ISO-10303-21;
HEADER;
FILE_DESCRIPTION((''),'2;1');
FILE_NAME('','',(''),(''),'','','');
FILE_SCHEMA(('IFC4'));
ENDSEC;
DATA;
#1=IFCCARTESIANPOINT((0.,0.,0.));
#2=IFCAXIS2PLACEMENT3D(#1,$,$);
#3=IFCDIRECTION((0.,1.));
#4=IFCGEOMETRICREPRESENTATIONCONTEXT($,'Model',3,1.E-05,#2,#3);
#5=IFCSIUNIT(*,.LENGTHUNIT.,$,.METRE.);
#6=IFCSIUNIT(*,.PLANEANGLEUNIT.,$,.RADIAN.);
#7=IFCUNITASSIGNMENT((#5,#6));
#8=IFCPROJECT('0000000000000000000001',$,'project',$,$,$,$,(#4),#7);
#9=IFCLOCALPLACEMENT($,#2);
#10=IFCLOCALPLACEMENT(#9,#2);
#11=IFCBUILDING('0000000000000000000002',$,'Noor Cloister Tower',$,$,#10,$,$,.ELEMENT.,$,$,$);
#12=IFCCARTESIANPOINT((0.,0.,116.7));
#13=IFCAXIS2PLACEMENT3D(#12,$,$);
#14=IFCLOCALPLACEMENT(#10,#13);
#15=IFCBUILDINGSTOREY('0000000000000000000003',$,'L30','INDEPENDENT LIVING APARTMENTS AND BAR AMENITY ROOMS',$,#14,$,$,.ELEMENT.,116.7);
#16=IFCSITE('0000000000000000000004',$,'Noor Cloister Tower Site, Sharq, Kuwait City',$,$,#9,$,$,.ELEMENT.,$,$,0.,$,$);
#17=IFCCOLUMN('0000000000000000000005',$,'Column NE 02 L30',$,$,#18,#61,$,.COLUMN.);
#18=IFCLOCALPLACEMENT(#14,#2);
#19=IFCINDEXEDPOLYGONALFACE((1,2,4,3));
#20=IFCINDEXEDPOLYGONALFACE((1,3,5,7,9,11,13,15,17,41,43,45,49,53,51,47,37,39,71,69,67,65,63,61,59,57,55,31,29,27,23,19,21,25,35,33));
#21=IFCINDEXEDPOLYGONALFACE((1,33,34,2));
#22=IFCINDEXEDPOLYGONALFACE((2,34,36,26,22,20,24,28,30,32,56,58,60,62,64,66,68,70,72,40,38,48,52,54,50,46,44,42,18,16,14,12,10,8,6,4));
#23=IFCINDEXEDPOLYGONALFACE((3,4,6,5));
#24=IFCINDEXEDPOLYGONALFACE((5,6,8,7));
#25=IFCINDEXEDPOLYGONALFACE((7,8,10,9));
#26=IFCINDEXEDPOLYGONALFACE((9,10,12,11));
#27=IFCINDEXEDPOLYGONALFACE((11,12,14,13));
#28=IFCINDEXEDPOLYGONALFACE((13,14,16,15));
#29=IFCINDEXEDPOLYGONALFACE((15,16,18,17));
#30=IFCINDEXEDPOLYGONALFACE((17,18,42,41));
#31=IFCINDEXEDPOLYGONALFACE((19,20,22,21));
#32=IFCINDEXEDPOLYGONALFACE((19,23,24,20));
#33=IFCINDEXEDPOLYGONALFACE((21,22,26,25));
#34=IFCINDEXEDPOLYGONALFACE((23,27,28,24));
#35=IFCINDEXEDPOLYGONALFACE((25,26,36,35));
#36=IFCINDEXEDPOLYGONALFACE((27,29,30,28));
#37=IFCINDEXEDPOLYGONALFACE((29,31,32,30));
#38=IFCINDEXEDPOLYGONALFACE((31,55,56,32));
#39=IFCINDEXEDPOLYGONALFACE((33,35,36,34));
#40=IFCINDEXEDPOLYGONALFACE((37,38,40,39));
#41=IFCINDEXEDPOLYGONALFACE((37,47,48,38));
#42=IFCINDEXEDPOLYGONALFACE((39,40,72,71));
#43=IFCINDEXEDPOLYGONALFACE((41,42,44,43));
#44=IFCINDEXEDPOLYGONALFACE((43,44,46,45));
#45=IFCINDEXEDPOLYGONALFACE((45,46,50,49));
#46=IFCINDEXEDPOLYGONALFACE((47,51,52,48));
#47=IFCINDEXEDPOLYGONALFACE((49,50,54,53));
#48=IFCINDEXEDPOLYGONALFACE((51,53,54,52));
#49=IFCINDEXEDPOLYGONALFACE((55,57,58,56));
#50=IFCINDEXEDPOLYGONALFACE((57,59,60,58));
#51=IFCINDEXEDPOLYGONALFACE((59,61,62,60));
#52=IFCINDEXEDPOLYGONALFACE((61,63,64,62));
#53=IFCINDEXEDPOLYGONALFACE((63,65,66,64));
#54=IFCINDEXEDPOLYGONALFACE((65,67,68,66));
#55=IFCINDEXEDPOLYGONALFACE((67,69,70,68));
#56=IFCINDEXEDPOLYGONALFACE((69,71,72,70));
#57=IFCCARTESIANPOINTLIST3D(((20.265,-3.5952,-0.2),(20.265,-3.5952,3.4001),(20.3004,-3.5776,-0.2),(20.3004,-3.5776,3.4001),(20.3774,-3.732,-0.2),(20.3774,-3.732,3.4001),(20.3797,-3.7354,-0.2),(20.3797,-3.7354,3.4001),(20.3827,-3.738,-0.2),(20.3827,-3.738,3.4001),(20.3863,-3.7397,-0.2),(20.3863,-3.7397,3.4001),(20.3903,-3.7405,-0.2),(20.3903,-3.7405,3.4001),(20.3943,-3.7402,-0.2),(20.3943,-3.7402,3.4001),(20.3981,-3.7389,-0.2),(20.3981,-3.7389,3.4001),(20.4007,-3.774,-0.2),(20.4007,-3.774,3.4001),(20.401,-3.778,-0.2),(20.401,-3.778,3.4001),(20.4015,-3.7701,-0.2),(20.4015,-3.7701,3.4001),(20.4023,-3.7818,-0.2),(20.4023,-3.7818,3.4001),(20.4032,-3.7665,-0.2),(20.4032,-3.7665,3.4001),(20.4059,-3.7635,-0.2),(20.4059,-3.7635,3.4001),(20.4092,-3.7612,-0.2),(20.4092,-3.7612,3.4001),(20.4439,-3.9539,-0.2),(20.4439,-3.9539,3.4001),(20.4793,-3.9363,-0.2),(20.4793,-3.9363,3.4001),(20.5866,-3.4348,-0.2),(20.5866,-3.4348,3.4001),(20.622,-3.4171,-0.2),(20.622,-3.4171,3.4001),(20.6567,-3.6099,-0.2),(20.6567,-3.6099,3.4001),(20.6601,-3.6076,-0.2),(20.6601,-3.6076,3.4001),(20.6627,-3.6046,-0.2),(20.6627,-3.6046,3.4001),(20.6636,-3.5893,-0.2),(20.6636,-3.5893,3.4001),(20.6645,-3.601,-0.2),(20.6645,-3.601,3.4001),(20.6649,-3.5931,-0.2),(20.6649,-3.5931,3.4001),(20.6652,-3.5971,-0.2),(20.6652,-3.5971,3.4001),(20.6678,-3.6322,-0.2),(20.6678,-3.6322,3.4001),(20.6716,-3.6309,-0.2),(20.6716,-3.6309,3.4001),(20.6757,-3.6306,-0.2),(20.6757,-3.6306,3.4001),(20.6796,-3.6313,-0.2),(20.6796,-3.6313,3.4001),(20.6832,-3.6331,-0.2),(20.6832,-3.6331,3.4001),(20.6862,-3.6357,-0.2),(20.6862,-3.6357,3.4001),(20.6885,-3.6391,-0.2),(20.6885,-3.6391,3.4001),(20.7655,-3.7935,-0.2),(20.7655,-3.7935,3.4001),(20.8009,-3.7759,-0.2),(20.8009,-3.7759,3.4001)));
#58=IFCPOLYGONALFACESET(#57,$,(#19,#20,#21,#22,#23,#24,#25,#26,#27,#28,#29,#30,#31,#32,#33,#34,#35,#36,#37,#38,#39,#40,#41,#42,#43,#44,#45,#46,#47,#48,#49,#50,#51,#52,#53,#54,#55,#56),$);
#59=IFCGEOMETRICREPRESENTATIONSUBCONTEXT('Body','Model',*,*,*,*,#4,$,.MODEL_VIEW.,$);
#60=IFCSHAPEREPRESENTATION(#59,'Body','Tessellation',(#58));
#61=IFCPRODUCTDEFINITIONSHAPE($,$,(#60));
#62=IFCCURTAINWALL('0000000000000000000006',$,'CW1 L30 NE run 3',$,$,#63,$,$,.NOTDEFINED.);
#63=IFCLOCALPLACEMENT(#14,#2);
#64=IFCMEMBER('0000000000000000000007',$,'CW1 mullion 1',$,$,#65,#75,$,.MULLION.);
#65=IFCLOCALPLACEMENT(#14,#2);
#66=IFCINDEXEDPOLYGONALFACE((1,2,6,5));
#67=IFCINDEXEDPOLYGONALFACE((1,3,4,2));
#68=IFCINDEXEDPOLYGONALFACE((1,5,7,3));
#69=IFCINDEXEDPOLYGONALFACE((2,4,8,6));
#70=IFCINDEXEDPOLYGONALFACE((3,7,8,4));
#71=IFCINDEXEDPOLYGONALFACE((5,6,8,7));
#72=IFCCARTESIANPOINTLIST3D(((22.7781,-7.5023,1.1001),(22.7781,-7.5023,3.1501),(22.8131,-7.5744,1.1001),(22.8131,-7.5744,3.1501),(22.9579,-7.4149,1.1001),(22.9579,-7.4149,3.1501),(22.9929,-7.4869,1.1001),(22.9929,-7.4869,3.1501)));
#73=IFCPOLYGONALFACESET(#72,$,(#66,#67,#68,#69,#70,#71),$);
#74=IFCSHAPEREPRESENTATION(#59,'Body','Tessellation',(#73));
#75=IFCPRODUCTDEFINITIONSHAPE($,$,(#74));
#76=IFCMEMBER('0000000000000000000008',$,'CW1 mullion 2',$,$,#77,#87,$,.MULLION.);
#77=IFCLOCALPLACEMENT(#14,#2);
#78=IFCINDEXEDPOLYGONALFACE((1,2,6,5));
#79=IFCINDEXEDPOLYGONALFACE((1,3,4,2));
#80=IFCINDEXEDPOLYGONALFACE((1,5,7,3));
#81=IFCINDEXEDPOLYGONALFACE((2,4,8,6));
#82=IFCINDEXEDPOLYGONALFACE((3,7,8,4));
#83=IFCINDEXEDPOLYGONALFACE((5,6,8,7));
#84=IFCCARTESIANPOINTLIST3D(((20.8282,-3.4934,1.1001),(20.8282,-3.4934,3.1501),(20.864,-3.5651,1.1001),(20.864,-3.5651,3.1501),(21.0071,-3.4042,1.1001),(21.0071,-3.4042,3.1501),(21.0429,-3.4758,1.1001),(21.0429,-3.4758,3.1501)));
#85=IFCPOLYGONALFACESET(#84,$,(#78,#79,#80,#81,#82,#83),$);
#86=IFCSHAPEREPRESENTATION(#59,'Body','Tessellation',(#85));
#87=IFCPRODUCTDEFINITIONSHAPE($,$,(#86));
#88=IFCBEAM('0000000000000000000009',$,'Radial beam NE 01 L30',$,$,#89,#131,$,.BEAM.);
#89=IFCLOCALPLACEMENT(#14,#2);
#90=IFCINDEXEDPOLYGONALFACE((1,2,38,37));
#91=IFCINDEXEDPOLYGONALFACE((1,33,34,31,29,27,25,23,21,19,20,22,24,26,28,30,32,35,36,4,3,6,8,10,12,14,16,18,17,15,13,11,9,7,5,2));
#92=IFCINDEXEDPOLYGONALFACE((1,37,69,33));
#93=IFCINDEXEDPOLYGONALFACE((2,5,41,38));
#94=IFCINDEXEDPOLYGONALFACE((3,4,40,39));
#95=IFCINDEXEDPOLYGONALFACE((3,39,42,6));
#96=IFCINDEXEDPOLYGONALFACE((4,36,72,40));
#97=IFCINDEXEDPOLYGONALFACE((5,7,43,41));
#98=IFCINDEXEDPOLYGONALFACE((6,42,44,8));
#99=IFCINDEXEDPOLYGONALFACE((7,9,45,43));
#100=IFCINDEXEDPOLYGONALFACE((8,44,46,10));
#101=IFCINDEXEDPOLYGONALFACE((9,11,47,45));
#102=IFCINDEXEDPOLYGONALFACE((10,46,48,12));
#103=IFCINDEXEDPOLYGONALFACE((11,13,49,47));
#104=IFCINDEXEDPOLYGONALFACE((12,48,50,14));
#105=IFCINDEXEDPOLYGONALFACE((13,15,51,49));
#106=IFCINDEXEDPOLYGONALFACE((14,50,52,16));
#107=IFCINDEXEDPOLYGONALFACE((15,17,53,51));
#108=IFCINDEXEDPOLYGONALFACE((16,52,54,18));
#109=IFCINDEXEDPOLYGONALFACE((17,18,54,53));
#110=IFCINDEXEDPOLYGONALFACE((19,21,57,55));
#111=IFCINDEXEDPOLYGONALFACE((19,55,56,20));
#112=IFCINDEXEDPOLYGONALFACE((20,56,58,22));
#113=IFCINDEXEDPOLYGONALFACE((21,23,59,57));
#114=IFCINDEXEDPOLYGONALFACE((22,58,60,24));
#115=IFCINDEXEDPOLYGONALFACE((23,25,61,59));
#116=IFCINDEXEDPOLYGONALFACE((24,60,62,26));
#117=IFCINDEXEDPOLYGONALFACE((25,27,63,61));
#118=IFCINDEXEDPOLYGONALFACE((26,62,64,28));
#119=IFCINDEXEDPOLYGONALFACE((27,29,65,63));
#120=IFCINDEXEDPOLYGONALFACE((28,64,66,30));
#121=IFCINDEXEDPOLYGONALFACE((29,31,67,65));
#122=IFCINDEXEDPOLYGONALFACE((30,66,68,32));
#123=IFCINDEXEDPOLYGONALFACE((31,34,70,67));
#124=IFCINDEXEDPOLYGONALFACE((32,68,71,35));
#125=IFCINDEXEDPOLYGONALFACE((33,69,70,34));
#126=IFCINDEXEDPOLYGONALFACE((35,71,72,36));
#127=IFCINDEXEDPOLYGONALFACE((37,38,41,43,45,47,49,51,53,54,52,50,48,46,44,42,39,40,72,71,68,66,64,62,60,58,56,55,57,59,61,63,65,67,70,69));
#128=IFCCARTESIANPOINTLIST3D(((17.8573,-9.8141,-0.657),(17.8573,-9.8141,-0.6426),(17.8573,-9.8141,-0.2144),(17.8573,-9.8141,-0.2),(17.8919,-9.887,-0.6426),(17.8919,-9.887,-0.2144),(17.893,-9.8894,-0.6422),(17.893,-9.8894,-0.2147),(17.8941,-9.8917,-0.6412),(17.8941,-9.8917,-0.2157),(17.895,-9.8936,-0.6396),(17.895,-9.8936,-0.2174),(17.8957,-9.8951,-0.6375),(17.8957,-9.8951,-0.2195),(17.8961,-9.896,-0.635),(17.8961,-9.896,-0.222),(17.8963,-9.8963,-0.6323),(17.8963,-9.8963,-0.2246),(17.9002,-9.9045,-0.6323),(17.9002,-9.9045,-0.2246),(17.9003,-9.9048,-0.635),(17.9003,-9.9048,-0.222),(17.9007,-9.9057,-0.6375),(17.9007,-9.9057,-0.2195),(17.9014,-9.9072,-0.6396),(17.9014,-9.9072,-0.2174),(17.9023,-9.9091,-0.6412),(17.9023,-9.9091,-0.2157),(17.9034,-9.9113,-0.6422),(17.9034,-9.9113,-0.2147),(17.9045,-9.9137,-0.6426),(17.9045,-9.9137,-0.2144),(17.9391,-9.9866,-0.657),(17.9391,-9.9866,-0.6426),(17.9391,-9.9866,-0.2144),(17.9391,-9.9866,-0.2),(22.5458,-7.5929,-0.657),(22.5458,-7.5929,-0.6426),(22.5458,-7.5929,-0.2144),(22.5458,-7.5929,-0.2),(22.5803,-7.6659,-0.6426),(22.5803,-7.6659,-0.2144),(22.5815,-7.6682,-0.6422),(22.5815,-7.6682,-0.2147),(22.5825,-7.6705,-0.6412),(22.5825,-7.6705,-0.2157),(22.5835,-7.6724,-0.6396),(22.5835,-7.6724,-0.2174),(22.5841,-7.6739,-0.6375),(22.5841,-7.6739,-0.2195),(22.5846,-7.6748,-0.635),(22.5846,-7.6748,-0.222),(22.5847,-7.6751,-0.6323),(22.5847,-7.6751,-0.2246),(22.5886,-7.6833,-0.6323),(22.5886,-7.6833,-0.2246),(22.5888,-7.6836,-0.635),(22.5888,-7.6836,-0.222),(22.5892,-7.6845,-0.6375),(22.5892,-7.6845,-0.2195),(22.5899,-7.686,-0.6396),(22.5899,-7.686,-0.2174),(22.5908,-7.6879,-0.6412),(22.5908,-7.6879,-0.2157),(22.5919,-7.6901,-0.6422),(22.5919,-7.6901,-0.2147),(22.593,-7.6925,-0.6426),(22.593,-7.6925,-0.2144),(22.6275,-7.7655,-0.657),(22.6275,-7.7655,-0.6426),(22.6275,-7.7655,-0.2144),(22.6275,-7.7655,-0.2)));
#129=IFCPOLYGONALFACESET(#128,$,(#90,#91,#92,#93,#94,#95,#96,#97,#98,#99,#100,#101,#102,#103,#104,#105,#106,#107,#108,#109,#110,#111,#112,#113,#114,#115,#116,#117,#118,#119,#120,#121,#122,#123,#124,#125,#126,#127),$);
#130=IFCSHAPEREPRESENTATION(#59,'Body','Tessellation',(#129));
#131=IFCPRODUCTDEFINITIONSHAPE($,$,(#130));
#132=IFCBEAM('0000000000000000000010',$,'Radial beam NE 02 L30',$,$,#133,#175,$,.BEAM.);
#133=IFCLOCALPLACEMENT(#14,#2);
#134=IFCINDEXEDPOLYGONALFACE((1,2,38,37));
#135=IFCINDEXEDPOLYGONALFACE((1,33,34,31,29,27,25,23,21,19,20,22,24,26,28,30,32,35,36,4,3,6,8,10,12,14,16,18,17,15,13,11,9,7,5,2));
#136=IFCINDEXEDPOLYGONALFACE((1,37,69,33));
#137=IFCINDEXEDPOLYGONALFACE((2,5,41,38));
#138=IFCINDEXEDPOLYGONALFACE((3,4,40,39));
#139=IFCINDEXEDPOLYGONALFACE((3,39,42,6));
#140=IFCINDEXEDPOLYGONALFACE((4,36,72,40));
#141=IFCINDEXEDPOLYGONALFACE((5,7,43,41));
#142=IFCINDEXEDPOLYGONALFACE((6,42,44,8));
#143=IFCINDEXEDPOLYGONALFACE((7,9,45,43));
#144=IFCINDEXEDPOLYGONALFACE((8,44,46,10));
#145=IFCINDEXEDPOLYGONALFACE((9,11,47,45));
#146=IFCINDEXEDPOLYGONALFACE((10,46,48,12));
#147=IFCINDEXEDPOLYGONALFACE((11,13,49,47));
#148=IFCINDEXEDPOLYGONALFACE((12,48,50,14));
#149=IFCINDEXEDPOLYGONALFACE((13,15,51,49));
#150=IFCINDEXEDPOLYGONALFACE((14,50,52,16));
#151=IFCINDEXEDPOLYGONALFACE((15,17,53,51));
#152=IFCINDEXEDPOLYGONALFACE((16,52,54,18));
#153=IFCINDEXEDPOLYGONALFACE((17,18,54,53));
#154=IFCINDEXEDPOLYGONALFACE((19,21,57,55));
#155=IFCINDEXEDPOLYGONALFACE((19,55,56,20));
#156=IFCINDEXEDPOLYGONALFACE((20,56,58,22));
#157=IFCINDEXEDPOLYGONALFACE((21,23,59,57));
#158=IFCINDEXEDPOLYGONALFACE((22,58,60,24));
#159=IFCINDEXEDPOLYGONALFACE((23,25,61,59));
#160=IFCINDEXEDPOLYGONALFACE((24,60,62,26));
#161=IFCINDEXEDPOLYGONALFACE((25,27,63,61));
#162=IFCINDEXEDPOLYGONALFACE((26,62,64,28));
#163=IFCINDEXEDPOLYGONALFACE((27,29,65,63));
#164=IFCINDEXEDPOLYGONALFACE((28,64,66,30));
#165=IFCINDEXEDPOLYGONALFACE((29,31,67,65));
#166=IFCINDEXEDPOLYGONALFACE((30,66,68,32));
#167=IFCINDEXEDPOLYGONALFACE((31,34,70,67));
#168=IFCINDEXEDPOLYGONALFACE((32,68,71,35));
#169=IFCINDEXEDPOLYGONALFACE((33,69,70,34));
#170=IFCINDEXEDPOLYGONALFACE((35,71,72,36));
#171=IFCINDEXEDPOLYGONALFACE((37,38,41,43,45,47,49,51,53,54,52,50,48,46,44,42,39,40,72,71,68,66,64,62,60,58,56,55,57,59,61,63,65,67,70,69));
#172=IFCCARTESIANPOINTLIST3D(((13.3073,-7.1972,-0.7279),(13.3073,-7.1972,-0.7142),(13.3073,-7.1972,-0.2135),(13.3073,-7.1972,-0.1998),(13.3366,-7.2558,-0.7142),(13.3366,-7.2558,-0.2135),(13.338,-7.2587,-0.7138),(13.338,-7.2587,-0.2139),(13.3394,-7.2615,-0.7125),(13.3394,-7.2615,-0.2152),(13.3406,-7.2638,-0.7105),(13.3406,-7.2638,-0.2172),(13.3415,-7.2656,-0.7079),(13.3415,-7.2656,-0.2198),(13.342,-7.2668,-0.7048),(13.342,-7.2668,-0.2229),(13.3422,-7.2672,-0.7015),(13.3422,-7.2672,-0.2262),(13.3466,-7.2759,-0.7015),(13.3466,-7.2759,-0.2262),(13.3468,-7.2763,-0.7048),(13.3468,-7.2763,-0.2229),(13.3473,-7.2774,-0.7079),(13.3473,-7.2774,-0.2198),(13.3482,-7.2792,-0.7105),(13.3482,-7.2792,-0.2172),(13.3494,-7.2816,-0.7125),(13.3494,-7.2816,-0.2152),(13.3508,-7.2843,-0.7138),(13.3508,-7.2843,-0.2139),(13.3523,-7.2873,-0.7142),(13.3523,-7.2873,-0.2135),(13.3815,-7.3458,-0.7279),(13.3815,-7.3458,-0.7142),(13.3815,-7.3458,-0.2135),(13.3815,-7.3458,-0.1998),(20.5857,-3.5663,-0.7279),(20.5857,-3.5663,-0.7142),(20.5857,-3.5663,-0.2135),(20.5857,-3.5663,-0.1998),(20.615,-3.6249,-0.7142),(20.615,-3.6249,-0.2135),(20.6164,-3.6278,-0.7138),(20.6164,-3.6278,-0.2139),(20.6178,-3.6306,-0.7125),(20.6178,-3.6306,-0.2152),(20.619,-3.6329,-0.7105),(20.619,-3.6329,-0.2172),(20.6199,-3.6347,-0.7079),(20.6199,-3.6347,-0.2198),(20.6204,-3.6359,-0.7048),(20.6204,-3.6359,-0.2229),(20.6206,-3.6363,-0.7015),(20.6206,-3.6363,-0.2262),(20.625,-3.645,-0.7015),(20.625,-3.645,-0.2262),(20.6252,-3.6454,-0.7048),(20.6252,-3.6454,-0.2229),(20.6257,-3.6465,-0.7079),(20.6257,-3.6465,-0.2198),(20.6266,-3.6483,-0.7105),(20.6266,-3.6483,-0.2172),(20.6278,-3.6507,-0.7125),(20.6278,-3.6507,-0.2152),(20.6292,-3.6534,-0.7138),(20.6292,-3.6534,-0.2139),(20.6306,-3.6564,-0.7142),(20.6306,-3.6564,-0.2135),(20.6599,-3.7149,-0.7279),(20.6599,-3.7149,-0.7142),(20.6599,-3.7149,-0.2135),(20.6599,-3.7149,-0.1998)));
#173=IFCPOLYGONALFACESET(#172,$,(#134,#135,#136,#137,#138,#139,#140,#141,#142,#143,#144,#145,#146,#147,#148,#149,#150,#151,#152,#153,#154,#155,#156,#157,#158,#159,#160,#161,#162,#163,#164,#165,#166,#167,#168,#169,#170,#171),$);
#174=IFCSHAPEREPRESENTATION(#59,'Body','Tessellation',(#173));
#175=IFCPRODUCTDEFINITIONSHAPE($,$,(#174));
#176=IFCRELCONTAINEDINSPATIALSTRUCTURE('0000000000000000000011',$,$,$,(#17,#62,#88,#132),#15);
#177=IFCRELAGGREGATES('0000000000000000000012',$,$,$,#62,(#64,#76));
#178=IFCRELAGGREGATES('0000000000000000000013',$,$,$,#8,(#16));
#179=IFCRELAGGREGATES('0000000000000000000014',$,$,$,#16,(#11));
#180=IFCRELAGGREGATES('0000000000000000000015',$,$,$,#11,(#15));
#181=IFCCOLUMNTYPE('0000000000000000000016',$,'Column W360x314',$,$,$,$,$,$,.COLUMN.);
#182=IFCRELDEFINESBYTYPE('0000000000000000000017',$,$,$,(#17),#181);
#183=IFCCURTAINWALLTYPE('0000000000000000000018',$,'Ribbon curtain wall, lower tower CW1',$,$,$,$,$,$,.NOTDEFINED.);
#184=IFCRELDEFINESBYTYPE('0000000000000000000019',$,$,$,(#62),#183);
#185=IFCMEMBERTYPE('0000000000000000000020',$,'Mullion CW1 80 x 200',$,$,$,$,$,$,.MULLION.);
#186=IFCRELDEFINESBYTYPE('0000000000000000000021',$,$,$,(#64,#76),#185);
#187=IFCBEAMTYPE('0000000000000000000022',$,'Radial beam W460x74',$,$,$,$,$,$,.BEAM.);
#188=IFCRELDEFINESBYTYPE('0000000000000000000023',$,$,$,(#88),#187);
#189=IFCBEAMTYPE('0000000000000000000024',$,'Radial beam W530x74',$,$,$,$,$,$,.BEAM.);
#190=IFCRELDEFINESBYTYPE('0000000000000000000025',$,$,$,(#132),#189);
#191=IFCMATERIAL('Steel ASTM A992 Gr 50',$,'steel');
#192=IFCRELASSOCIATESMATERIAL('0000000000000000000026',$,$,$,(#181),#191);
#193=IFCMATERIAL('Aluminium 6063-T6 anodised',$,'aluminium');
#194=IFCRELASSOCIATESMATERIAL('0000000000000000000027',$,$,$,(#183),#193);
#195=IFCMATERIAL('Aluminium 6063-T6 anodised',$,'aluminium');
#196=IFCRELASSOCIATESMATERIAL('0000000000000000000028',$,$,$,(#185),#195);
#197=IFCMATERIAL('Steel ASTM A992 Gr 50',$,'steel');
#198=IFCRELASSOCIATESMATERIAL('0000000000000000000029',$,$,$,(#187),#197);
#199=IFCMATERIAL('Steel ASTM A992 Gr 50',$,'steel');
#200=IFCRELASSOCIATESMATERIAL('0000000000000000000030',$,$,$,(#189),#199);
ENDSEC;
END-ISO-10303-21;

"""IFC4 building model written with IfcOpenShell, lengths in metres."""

from ifc_helpers import new_model, si_unit, direction, frame, origin, origin_2d, place, context, subcontext, project, spatial, rectangle, i_section, extrude, material, material_profile, profile_set, type_object, element, aggregate, save


model = new_model("IFC4")

# Units and contexts
model_context = context("Model", 3, precision=1e-05, world=origin(), true_north=direction((0.0, 1.0)))
body_context = subcontext(model_context, "Body", "Model", "MODEL_VIEW")
ifc_project = project(units=[si_unit("LENGTHUNIT", "METRE"), si_unit("PLANEANGLEUNIT", "RADIAN")], contexts=[model_context])

# Site, building, storey
site_placement = place(None, origin())
site = spatial("IfcSite", under=ifc_project, at=site_placement, Name="Noor Cloister Tower Site, Sharq, Kuwait City", CompositionType="ELEMENT", RefElevation=0.0)
building_placement = place(site_placement, origin())
building = spatial("IfcBuilding", under=site, at=building_placement, Name="Noor Cloister Tower", CompositionType="ELEMENT")
storey_placement = place(building_placement, frame((0.0, 0.0, 116.7)))
storey = spatial("IfcBuildingStorey", under=building, at=storey_placement, Name="L30", Description="INDEPENDENT LIVING APARTMENTS AND BAR AMENITY ROOMS", CompositionType="ELEMENT", Elevation=116.7)

# Column
ifc_material_1 = material(Name="Steel ASTM A992 Gr 50", Category="steel")
ifc_material_profile_1 = material_profile(ifc_material_1, i_section(OverallWidth=0.4009, OverallDepth=0.3989, WebThickness=0.0249, FlangeThickness=0.0396, FilletRadius=0.0154, at=origin_2d()), Name="W360x314")
ifc_profile_set_1 = profile_set([ifc_material_profile_1], Name="Steel ASTM A992 Gr 50")
column_type = type_object("IfcColumnType", Name="Column W360x314", PredefinedType="COLUMN", material=ifc_profile_set_1)
column_placement = place(storey_placement, frame((20.533, -3.6855, -0.2), z_axis=(0.0, 0.0, 1.0), x_axis=(-0.446379, 0.894844, 0.0)))
element("IfcColumn", 1, at=column_placement, inside=storey, type_object=column_type, Name="Column NE 02 L30", PredefinedType="COLUMN", context=body_context, shape_type="SweptSolid", body=[
    extrude(i_section(OverallWidth=0.4009, OverallDepth=0.3989, WebThickness=0.0249, FlangeThickness=0.0396, FilletRadius=0.0154, at=origin_2d()), origin(), (0.0, 0.0, 1.0), 3.6001),
])

# Curtain wall, members
ifc_material_2 = material(Name="Aluminium 6063-T6 anodised", Category="aluminium")
curtain_wall_type = type_object("IfcCurtainWallType", Name="Ribbon curtain wall, lower tower CW1", PredefinedType="NOTDEFINED", material=ifc_material_2)
curtain_wall_placement = place(storey_placement, origin())
curtain_wall = element("IfcCurtainWall", 2, at=curtain_wall_placement, inside=storey, type_object=curtain_wall_type, Name="CW1 L30 NE run 3", PredefinedType="NOTDEFINED")
ifc_material_3 = material(Name="Aluminium 6063-T6 anodised", Category="aluminium")
ifc_material_profile_2 = material_profile(ifc_material_3, rectangle(XDim=0.2, YDim=0.0801, at=origin_2d()), Name="200 x 80 mullion")
ifc_profile_set_2 = profile_set([ifc_material_profile_2], Name="Aluminium 6063-T6 anodised")
member_type = type_object("IfcMemberType", Name="Mullion CW1 80 x 200", PredefinedType="MULLION", material=ifc_profile_set_2)
member_1_placement = place(storey_placement, frame((22.8855, -7.4946, 1.1001), z_axis=(0.0, 0.0, 1.0), x_axis=(-0.899328, -0.437276, 0.0)))
member_1 = element("IfcMember", 3, at=member_1_placement, type_object=member_type, Name="CW1 mullion 1", PredefinedType="MULLION", context=body_context, shape_type="SweptSolid", body=[
    extrude(rectangle(XDim=0.2, YDim=0.0801, at=origin_2d()), origin(), (0.0, 0.0, 1.0), 2.05),
])
member_2_placement = place(storey_placement, frame((20.9355, -3.4846, 1.1001), z_axis=(0.0, 0.0, 1.0), x_axis=(-0.894844, -0.446379, 0.0)))
member_2 = element("IfcMember", 4, at=member_2_placement, type_object=member_type, Name="CW1 mullion 2", PredefinedType="MULLION", context=body_context, shape_type="SweptSolid", body=[
    extrude(rectangle(XDim=0.2, YDim=0.0801, at=origin_2d()), origin(), (0.0, 0.0, 1.0), 2.05),
])

# Beams
ifc_material_4 = material(Name="Steel ASTM A992 Gr 50", Category="steel")
ifc_material_profile_3 = material_profile(ifc_material_4, i_section(OverallWidth=0.1909, OverallDepth=0.457, WebThickness=0.009, FlangeThickness=0.0144, FilletRadius=0.0103, at=origin_2d()), Name="W460x74")
ifc_profile_set_3 = profile_set([ifc_material_profile_3], Name="Steel ASTM A992 Gr 50")
beam_type_1 = type_object("IfcBeamType", Name="Radial beam W460x74", PredefinedType="BEAM", material=ifc_profile_set_3)
beam_1_placement = place(storey_placement, frame((22.5867, -7.6792, -0.4285), z_axis=(-0.903713, -0.428139, 0.0), x_axis=(0.428139, -0.903713, 0.0)))
element("IfcBeam", 5, at=beam_1_placement, inside=storey, type_object=beam_type_1, Name="Radial beam NE 01 L30", PredefinedType="BEAM", context=body_context, shape_type="SweptSolid", body=[
    extrude(i_section(OverallWidth=0.1909, OverallDepth=0.457, WebThickness=0.009, FlangeThickness=0.0144, FilletRadius=0.0103, at=origin_2d()), origin(), (0.0, 0.0, 1.0), 5.188),
])
ifc_material_5 = material(Name="Steel ASTM A992 Gr 50", Category="steel")
ifc_material_profile_4 = material_profile(ifc_material_5, i_section(OverallWidth=0.166, OverallDepth=0.5281, WebThickness=0.0098, FlangeThickness=0.0137, FilletRadius=0.0127, at=origin_2d()), Name="W530x74")
ifc_profile_set_4 = profile_set([ifc_material_profile_4], Name="Steel ASTM A992 Gr 50")
beam_type_2 = type_object("IfcBeamType", Name="Radial beam W530x74", PredefinedType="BEAM", material=ifc_profile_set_4)
beam_2_placement = place(storey_placement, frame((20.6228, -3.6406, -0.4639), z_axis=(-0.894835, -0.446397, 0.0), x_axis=(0.446397, -0.894835, 0.0)))
element("IfcBeam", 6, at=beam_2_placement, inside=storey, type_object=beam_type_2, Name="Radial beam NE 02 L30", PredefinedType="BEAM", context=body_context, shape_type="SweptSolid", body=[
    extrude(i_section(OverallWidth=0.166, OverallDepth=0.5281, WebThickness=0.0098, FlangeThickness=0.0137, FilletRadius=0.0127, at=origin_2d()), origin(), (0.0, 0.0, 1.0), 8.1338),
])

aggregate(curtain_wall, [member_1, member_2])

save(model, "model.ifc")
